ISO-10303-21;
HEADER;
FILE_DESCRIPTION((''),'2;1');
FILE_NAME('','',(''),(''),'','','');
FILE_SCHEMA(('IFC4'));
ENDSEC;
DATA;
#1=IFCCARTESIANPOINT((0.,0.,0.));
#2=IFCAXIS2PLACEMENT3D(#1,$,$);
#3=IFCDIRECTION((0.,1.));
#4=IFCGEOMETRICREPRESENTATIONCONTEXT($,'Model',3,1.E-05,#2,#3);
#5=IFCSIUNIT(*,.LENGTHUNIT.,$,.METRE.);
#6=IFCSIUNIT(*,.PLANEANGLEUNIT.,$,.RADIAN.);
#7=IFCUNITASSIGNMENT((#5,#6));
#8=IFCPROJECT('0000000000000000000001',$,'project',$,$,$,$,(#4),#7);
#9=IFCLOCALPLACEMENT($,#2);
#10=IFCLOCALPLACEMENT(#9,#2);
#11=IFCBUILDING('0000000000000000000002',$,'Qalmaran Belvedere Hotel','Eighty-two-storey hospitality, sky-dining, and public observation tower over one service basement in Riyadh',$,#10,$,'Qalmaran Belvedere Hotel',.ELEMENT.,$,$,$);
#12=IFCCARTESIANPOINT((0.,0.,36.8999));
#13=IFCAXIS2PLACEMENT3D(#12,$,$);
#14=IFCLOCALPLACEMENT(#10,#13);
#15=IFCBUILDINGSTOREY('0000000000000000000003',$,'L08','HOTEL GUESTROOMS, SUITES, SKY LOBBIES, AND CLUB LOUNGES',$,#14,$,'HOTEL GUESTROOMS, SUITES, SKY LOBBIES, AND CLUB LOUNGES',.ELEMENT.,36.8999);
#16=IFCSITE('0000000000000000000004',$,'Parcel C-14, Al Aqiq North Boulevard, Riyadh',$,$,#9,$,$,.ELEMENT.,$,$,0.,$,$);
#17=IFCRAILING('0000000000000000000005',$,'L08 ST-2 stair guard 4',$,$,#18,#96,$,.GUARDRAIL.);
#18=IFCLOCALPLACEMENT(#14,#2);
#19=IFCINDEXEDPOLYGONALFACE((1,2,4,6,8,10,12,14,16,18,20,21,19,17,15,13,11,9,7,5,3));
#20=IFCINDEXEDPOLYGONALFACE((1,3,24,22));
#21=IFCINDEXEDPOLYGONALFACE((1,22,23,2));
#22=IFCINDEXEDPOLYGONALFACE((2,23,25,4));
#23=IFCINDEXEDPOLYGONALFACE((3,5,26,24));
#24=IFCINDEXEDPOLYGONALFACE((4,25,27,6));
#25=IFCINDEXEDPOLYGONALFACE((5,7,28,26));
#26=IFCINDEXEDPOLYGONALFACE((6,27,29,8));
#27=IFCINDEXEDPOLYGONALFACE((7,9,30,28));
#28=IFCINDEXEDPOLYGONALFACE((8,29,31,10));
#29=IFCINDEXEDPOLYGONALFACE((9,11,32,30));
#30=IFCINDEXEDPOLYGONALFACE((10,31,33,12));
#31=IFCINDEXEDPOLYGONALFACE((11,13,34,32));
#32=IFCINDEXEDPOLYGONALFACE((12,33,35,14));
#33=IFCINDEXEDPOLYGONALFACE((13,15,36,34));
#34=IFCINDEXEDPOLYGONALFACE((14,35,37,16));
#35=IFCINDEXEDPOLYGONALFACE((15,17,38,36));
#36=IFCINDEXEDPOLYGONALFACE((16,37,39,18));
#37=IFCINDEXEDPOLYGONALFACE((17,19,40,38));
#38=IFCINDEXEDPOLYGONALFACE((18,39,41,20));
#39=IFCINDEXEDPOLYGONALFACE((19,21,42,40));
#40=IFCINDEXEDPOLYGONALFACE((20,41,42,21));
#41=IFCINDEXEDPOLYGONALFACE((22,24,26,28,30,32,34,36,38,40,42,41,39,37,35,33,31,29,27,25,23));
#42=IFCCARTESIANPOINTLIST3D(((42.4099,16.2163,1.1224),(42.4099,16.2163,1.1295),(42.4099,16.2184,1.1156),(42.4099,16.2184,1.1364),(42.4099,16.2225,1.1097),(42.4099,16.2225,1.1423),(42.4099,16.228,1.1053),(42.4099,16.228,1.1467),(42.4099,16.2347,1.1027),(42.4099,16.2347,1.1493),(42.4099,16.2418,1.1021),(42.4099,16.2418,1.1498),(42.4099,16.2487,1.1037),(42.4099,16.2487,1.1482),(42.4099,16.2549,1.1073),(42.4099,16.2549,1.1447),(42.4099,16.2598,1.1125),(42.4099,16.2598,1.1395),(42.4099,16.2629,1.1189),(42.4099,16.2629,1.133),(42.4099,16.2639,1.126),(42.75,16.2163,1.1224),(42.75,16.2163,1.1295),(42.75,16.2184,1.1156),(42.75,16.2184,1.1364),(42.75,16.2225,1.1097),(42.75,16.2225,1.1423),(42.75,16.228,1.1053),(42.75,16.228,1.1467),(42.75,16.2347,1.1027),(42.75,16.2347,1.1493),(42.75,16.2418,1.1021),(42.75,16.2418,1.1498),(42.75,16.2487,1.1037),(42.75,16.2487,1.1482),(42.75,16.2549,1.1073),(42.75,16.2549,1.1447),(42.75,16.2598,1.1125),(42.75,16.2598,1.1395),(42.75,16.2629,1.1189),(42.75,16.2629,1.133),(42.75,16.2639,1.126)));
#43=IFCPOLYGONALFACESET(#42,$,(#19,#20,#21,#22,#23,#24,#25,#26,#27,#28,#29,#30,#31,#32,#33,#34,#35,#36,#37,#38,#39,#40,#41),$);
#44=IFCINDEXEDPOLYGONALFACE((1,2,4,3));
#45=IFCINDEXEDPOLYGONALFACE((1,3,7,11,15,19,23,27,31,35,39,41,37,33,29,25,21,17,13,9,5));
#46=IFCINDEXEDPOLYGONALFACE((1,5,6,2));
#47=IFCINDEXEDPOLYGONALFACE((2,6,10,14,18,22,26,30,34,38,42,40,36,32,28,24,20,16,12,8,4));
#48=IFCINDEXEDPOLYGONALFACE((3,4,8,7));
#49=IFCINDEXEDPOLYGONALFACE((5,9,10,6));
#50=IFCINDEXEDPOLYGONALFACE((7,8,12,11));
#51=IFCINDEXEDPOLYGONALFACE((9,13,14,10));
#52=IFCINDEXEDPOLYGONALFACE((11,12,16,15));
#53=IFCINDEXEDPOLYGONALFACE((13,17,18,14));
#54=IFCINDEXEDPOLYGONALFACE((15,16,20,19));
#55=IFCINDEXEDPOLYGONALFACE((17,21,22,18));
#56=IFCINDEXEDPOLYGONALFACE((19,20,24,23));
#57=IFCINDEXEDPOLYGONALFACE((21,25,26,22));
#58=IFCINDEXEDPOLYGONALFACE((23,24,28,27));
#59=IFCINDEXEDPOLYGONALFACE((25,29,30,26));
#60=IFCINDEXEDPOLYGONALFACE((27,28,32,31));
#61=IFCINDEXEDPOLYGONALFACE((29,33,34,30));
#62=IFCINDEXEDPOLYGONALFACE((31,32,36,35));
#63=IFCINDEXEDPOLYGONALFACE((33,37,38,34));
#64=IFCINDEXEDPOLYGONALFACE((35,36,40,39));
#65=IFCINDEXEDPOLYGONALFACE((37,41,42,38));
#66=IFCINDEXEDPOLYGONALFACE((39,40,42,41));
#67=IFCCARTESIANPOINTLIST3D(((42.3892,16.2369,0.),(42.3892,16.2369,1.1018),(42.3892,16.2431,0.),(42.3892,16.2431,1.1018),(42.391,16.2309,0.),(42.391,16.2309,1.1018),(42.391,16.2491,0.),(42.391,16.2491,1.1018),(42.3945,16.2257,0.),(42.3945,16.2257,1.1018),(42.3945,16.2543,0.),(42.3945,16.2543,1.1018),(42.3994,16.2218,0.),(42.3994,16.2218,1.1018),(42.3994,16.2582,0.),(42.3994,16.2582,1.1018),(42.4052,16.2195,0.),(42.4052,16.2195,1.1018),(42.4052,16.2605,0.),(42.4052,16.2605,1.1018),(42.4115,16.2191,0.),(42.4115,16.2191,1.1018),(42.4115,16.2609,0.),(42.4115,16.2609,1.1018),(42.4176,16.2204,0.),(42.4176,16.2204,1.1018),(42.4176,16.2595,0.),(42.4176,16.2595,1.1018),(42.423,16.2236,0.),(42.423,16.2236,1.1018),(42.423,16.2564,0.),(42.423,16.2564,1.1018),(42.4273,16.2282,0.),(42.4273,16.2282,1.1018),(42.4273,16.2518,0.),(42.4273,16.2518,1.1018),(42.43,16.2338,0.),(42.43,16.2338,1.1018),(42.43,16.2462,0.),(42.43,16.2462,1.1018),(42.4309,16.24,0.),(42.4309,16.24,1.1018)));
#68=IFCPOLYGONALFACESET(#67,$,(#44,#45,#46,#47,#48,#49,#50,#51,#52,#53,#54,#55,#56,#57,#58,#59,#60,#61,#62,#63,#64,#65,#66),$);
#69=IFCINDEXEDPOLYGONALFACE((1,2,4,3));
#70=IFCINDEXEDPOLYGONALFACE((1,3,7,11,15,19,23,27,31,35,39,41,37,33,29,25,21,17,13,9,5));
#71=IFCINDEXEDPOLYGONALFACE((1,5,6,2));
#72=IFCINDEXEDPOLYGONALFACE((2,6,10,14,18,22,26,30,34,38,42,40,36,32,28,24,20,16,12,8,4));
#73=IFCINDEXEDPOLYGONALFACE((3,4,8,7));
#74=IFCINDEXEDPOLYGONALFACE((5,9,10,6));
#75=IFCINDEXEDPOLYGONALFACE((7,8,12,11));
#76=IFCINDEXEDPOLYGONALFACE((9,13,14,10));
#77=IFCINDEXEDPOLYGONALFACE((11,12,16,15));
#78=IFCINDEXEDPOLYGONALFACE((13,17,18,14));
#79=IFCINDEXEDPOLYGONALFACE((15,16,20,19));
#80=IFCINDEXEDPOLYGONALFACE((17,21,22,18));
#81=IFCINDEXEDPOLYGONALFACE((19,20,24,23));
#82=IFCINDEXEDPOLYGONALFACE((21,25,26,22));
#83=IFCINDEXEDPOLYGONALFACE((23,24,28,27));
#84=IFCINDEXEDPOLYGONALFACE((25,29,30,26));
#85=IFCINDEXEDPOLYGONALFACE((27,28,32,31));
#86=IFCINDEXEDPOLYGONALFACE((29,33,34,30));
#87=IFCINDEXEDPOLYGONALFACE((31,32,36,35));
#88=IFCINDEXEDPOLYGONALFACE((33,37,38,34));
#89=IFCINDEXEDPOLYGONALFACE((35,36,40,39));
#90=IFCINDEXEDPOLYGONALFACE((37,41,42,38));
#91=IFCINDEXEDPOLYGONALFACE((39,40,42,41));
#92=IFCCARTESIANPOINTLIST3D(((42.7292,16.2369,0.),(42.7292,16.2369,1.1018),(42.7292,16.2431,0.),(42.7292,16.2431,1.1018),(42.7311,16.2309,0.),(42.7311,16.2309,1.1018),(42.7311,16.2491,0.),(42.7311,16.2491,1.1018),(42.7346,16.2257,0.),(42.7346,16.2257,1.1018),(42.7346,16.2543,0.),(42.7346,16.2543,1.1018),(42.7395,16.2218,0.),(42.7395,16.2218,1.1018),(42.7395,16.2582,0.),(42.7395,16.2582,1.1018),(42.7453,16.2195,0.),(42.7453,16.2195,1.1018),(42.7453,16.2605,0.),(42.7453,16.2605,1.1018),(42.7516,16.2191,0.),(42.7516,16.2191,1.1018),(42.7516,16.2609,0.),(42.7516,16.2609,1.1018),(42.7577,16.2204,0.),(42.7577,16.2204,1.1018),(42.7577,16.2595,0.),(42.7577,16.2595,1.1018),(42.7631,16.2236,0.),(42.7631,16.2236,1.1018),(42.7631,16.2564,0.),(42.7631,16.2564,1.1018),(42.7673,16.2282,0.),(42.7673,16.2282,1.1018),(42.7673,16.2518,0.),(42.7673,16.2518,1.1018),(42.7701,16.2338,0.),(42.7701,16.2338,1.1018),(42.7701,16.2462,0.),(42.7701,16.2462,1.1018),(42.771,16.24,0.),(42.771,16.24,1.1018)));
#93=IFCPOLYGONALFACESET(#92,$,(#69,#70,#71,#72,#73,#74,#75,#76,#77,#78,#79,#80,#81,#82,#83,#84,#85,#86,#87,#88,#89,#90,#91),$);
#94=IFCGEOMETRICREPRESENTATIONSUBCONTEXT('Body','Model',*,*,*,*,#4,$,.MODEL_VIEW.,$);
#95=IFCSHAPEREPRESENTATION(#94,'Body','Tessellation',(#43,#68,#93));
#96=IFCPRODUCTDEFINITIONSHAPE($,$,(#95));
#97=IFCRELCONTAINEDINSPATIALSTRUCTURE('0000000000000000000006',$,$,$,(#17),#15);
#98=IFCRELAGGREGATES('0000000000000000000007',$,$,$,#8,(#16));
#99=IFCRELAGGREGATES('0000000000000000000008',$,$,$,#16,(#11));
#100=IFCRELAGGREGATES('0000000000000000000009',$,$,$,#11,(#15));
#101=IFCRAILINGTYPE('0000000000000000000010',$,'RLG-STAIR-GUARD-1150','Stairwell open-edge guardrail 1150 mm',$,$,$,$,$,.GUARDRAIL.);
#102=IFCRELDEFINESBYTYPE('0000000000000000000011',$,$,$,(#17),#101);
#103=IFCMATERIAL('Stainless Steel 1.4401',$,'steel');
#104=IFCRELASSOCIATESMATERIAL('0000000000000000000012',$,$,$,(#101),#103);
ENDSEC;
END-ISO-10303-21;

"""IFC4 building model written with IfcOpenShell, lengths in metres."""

from ifc_helpers import new_model, si_unit, direction, frame, origin, origin_2d, place, context, subcontext, project, spatial, circle, extrude, material, type_object, element, save


model = new_model("IFC4")

# Units and contexts
model_context = context("Model", 3, precision=1e-05, world=origin(), true_north=direction((0.0, 1.0)))
body_context = subcontext(model_context, "Body", "Model", "MODEL_VIEW")
ifc_project = project(units=[si_unit("LENGTHUNIT", "METRE"), si_unit("PLANEANGLEUNIT", "RADIAN")], contexts=[model_context])

# Site, building, storey
site_placement = place(None, origin())
site = spatial("IfcSite", under=ifc_project, at=site_placement, Name="Parcel C-14, Al Aqiq North Boulevard, Riyadh", CompositionType="ELEMENT", RefElevation=0.0)
building_placement = place(site_placement, origin())
building = spatial("IfcBuilding", under=site, at=building_placement, Name="Qalmaran Belvedere Hotel", Description="Eighty-two-storey hospitality, sky-dining, and public observation tower over one service basement in Riyadh", LongName="Qalmaran Belvedere Hotel", CompositionType="ELEMENT")
storey_placement = place(building_placement, frame((0.0, 0.0, 36.8999)))
storey = spatial("IfcBuildingStorey", under=building, at=storey_placement, Name="L08", Description="HOTEL GUESTROOMS, SUITES, SKY LOBBIES, AND CLUB LOUNGES", LongName="HOTEL GUESTROOMS, SUITES, SKY LOBBIES, AND CLUB LOUNGES", CompositionType="ELEMENT", Elevation=36.8999)

# Shared definitions
ifc_material_1 = material(Name="Stainless Steel 1.4401", Category="steel")

# Railing
railing_type_1 = type_object("IfcRailingType", Name="RLG-STAIR-GUARD-1150", Description="Stairwell open-edge guardrail 1150 mm", PredefinedType="GUARDRAIL", material=ifc_material_1)
railing_1_placement = place(storey_placement, frame((42.4099, 16.24, 0.0)))
element("IfcRailing", 1, at=railing_1_placement, inside=storey, type_object=railing_type_1, Name="L08 ST-2 stair guard 4", PredefinedType="GUARDRAIL", context=body_context, shape_type="SweptSolid", body=[
    extrude(circle(Radius=0.0239, at=origin_2d()), frame((0.0, 0.0, 1.126), z_axis=(1.0, 0.0, 0.0), x_axis=(0.0, 1.0, 0.0)), (0.0, 0.0, 1.0), 0.3401),
    extrude(circle(Radius=0.021, at=origin_2d()), origin(), (0.0, 0.0, 1.0), 1.1018),
    extrude(circle(Radius=0.021, at=origin_2d()), frame((0.3401, 0.0, 0.0)), (0.0, 0.0, 1.0), 1.1018),
])

save(model, "model.ifc")
